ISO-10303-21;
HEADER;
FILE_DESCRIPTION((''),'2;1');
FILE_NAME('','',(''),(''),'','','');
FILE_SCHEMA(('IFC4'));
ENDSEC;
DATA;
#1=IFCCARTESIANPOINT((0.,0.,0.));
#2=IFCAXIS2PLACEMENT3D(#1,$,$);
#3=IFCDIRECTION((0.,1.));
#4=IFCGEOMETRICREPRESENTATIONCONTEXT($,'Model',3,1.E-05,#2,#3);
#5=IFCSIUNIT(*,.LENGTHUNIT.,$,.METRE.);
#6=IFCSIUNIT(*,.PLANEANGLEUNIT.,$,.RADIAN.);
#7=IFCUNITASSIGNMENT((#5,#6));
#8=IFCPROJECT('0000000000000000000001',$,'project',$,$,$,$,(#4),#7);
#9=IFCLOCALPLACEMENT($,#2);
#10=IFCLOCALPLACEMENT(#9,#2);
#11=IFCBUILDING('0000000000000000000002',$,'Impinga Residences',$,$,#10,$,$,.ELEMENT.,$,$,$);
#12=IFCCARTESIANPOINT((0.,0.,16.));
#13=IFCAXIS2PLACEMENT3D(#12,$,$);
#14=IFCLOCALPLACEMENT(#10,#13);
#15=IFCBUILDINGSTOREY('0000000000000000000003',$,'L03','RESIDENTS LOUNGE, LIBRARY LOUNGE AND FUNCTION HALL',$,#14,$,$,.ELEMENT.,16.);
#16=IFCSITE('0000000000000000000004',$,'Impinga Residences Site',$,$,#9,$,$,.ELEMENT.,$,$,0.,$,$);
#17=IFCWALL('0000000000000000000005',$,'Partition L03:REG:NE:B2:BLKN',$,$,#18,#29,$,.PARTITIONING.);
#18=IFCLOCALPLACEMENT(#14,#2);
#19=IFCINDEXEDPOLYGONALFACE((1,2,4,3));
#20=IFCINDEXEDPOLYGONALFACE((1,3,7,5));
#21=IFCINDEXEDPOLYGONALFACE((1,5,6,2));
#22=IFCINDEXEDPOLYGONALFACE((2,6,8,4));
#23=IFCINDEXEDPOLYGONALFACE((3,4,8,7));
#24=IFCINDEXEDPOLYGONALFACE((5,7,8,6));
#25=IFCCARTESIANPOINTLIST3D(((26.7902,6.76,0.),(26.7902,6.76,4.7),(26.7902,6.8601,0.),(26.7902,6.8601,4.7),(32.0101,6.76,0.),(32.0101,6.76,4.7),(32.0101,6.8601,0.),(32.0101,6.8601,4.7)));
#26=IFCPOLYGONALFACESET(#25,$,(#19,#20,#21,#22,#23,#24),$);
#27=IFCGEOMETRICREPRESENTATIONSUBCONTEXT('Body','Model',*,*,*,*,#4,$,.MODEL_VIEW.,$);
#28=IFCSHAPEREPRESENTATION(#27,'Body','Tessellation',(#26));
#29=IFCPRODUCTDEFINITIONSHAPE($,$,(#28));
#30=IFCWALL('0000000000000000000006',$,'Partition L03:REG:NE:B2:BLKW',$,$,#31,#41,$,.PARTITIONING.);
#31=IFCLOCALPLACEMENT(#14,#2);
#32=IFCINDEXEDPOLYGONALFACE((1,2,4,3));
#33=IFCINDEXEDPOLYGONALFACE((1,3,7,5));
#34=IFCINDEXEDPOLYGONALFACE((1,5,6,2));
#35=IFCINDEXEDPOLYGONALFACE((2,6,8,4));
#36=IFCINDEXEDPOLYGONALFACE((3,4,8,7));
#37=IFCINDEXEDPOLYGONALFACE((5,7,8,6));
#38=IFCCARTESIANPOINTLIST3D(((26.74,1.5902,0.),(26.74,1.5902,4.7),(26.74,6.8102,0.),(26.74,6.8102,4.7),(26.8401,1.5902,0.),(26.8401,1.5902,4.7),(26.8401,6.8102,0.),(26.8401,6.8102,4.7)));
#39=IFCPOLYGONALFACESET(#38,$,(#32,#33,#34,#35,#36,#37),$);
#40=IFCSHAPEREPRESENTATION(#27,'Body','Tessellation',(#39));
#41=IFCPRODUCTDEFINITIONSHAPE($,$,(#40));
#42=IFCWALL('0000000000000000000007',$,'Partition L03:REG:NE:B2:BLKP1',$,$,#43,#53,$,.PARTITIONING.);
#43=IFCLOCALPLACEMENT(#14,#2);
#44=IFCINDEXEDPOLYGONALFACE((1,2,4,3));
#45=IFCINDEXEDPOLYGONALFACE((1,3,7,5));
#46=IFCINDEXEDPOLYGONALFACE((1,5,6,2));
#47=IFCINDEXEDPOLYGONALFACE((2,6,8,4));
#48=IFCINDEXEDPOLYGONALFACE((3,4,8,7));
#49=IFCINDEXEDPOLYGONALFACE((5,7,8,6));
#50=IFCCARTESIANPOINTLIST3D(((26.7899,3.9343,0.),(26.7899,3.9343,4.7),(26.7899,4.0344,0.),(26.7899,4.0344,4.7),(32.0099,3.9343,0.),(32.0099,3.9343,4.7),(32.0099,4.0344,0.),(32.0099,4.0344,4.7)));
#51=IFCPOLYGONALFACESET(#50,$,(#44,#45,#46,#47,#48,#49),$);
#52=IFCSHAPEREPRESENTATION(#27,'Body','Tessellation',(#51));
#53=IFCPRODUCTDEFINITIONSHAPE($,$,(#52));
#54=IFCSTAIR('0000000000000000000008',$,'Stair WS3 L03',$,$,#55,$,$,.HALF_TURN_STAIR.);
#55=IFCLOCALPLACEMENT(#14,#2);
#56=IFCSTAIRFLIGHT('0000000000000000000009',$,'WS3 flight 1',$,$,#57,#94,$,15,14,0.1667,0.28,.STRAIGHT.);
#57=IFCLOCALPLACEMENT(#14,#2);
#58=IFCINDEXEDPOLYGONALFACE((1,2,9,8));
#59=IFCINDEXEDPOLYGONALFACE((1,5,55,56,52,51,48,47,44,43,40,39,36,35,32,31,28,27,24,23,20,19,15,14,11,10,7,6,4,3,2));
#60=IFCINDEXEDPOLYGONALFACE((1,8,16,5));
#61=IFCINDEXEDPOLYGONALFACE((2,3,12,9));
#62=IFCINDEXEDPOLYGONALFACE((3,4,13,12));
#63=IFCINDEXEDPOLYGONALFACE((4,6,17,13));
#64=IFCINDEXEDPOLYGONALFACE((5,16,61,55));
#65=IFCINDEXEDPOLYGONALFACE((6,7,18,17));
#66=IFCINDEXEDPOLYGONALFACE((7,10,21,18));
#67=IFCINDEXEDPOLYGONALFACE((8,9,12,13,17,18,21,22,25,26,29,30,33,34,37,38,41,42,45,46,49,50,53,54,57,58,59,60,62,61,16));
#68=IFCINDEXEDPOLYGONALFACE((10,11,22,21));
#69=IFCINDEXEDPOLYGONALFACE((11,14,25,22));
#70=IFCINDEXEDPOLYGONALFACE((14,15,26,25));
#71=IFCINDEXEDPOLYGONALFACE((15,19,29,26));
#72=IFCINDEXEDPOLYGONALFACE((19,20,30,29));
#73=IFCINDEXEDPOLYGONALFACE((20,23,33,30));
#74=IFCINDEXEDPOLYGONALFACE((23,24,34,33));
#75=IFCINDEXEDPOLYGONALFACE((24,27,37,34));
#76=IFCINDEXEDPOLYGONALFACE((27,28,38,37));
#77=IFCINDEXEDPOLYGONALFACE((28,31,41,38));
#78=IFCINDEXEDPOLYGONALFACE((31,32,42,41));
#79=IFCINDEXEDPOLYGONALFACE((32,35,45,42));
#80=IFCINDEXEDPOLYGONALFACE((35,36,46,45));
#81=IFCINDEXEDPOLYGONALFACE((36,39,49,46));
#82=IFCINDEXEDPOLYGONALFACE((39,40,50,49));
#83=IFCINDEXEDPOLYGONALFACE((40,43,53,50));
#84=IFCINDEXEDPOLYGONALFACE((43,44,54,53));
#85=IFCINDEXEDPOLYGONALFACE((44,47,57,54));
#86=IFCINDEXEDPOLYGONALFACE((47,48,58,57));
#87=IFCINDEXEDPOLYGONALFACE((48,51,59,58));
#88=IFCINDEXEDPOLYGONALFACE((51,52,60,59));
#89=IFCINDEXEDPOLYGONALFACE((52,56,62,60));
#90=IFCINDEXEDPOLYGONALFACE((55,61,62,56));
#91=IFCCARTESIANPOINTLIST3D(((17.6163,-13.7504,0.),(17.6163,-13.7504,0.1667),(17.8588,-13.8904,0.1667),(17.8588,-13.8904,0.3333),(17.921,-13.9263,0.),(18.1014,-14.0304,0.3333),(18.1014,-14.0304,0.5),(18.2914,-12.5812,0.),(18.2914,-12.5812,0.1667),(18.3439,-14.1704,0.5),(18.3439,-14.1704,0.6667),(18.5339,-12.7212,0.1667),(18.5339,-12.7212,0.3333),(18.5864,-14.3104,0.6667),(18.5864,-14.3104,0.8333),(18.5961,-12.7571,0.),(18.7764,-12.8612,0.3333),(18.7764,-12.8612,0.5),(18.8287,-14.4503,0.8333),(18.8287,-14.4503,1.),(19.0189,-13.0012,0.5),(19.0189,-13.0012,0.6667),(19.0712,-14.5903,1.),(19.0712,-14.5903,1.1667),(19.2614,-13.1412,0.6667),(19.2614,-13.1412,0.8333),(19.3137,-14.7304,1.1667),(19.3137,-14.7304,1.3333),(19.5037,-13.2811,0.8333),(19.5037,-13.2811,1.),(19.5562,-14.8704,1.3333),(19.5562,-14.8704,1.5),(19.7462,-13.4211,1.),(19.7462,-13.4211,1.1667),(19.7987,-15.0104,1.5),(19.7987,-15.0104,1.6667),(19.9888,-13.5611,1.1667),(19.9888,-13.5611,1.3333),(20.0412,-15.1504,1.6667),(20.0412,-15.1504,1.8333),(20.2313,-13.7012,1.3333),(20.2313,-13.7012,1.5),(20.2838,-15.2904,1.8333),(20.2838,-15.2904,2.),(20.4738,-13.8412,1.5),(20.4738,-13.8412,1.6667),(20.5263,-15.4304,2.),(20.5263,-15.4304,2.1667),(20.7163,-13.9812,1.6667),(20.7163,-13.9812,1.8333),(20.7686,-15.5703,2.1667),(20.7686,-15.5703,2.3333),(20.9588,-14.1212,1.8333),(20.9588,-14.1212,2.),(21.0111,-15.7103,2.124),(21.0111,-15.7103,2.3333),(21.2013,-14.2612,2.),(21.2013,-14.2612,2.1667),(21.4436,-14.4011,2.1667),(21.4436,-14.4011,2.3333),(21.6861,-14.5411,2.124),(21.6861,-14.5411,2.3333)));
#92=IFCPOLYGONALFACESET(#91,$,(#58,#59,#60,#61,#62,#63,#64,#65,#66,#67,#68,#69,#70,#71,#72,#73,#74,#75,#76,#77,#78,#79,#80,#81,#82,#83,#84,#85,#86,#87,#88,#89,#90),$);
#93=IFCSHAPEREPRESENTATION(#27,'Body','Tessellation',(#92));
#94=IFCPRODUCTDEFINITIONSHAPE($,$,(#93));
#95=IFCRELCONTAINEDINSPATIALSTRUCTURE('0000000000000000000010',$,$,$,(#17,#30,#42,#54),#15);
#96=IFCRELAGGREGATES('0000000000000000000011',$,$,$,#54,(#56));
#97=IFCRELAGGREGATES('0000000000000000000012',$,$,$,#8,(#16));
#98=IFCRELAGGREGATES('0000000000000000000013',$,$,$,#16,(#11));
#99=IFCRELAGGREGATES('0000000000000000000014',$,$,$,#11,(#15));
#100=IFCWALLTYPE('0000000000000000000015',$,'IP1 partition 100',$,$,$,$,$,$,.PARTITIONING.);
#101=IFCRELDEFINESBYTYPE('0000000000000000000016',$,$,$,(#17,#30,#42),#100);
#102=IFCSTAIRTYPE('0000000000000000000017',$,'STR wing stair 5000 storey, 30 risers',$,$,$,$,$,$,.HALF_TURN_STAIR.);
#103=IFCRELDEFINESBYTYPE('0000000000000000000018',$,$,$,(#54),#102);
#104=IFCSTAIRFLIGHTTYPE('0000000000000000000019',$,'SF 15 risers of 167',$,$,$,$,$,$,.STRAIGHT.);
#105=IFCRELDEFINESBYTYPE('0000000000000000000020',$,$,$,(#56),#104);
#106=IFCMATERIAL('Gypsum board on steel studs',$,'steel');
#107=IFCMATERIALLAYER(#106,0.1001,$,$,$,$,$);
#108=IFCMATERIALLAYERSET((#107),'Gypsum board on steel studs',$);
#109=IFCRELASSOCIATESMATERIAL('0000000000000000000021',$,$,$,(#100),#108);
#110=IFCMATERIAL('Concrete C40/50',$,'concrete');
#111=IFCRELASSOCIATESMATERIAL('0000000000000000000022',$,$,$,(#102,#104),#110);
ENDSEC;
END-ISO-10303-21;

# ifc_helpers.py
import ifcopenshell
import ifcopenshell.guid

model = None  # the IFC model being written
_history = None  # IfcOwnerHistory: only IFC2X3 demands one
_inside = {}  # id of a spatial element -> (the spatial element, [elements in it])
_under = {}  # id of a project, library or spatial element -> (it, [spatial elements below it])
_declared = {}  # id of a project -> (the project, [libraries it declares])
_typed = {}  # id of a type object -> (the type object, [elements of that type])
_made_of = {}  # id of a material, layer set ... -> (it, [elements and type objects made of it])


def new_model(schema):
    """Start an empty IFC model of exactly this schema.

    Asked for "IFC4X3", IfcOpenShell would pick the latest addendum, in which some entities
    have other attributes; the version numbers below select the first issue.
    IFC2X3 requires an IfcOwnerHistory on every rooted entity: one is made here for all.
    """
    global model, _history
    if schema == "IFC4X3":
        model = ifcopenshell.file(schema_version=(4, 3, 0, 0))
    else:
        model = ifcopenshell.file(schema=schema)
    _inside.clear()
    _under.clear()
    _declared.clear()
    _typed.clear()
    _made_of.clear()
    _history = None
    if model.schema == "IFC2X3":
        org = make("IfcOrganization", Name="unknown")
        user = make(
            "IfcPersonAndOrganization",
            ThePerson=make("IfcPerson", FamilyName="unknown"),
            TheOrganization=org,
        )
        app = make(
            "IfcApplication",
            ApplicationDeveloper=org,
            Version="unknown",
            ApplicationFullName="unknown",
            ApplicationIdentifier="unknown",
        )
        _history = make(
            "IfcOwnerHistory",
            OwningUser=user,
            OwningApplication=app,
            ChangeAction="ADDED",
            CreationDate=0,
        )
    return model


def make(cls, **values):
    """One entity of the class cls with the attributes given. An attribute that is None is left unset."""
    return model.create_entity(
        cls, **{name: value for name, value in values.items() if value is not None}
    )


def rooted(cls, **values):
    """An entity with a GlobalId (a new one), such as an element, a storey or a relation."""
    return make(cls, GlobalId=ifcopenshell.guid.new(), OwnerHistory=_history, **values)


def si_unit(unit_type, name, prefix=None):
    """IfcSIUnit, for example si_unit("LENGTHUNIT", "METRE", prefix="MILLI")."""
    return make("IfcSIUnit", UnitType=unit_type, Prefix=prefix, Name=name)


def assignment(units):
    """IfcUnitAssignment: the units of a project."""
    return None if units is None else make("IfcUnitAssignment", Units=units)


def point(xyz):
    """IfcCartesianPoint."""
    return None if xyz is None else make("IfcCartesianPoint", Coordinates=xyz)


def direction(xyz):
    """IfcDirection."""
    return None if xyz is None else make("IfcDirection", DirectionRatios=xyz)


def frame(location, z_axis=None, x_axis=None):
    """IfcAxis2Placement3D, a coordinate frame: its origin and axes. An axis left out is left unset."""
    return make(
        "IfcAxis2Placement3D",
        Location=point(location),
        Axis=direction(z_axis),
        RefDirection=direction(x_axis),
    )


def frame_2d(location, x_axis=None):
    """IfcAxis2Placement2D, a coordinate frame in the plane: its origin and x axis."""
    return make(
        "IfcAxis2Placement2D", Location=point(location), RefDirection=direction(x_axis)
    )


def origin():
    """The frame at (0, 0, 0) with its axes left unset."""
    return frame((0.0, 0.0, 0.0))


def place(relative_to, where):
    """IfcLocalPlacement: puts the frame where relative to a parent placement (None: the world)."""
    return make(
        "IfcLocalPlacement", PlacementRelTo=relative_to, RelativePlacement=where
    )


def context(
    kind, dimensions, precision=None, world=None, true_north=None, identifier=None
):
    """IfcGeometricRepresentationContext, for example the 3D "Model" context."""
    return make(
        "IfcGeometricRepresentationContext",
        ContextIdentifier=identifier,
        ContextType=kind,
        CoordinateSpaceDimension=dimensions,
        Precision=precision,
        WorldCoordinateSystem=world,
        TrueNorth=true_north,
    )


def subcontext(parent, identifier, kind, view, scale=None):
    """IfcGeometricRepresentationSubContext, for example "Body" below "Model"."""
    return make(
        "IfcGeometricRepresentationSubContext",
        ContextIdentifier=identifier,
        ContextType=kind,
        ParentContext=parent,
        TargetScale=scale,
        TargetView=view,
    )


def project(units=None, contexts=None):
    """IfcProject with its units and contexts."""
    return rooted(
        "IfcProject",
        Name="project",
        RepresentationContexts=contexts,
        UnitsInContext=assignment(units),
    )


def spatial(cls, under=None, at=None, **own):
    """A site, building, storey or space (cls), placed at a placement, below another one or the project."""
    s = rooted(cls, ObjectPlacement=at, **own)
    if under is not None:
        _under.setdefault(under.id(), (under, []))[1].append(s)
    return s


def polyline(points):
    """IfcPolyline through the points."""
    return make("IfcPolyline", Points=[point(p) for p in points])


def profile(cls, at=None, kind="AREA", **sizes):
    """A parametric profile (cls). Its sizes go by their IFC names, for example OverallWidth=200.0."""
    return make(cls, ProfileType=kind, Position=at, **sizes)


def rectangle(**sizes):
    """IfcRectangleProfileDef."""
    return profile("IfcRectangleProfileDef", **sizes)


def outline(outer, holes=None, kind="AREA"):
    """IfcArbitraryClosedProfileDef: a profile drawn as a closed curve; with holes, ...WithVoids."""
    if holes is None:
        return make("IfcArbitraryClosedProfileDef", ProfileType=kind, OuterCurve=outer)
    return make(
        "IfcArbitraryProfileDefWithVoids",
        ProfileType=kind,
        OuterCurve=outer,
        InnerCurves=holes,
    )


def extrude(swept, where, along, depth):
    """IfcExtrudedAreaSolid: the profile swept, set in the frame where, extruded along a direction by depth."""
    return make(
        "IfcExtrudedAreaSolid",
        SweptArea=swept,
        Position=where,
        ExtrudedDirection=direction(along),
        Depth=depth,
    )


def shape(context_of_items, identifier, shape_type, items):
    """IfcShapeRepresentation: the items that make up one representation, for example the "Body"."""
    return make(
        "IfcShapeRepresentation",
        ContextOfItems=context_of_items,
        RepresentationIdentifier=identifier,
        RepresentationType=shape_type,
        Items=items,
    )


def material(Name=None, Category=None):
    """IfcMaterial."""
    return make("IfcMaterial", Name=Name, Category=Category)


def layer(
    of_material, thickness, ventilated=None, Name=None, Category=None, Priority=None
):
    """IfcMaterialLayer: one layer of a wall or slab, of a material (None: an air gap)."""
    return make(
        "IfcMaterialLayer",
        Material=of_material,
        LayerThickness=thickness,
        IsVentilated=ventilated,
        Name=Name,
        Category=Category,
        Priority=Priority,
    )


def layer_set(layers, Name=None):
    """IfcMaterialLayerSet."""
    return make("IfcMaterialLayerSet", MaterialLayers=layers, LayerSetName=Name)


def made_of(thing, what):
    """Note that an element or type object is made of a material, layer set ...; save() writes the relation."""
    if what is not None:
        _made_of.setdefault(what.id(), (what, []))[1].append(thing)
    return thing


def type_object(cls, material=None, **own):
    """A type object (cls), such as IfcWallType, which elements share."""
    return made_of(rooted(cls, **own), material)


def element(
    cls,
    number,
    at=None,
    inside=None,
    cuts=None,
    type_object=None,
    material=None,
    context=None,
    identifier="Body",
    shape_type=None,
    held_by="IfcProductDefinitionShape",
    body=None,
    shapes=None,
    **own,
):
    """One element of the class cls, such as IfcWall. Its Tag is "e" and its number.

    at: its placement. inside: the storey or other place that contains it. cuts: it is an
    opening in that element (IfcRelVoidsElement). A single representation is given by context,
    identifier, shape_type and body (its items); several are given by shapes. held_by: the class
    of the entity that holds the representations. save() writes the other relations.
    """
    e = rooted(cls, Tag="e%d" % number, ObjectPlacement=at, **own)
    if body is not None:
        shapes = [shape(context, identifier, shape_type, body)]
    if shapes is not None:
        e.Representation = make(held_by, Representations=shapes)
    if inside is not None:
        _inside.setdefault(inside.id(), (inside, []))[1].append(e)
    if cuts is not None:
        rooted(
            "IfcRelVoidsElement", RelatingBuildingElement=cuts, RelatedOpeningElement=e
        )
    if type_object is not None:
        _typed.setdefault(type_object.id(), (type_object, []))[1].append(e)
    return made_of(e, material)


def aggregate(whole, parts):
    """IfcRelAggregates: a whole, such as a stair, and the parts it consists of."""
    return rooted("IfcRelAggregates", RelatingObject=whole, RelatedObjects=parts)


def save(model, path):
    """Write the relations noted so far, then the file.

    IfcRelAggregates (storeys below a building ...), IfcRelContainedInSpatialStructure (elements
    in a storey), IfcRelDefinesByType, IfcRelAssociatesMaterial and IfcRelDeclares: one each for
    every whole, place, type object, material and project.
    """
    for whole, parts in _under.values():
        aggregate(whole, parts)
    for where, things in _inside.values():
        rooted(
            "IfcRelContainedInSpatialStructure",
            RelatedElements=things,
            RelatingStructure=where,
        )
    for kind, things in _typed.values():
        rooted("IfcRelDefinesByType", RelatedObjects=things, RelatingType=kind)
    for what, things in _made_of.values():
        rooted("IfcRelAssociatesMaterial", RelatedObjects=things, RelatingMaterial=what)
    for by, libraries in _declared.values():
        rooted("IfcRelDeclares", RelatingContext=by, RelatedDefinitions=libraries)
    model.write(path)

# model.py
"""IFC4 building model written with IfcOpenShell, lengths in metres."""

from ifc_helpers import new_model, si_unit, direction, frame, frame_2d, origin, place, context, subcontext, project, spatial, polyline, rectangle, outline, extrude, material, layer, layer_set, type_object, element, aggregate, save


model = new_model("IFC4")

# Units and contexts
model_context = context("Model", 3, precision=1e-05, world=origin(), true_north=direction((0.0, 1.0)))
body_context = subcontext(model_context, "Body", "Model", "MODEL_VIEW")
ifc_project = project(units=[si_unit("LENGTHUNIT", "METRE"), si_unit("PLANEANGLEUNIT", "RADIAN")], contexts=[model_context])

# Site, building, storey
site_placement = place(None, origin())
site = spatial("IfcSite", under=ifc_project, at=site_placement, Name="Impinga Residences Site", CompositionType="ELEMENT", RefElevation=0.0)
building_placement = place(site_placement, origin())
building = spatial("IfcBuilding", under=site, at=building_placement, Name="Impinga Residences", CompositionType="ELEMENT")
storey_placement = place(building_placement, frame((0.0, 0.0, 16.0)))
storey = spatial("IfcBuildingStorey", under=building, at=storey_placement, Name="L03", Description="RESIDENTS LOUNGE, LIBRARY LOUNGE AND FUNCTION HALL", CompositionType="ELEMENT", Elevation=16.0)

# Shared definitions
ifc_material_1 = material(Name="Gypsum board on steel studs", Category="steel")
ifc_layer = layer(ifc_material_1, 0.1001)
ifc_layer_set = layer_set([ifc_layer], Name="Gypsum board on steel studs")
wall_type = type_object("IfcWallType", Name="IP1 partition 100", PredefinedType="PARTITIONING", material=ifc_layer_set)

# Walls
for number, where, z_axis, x_axis, name in (
    (1, (32.01, 6.8101, 0.0), (0.0, 0.0, 1.0), (-1.0, 0.0, 0.0), "Partition L03:REG:NE:B2:BLKN"),
    (2, (26.79, 6.8101, 0.0), (0.0, 0.0, 1.0), (0.0, -1.0, 0.0), "Partition L03:REG:NE:B2:BLKW"),
    (3, (26.79, 3.9844, 0.0), (0.0, 0.0, 1.0), (1.0, 0.0, 0.0), "Partition L03:REG:NE:B2:BLKP1"),
):
    element("IfcWall", number, at=place(storey_placement, frame(where, z_axis=z_axis, x_axis=x_axis)), inside=storey, type_object=wall_type, Name=name, PredefinedType="PARTITIONING", context=body_context, shape_type="SweptSolid", body=[
        extrude(rectangle(XDim=5.22, YDim=0.1001, at=frame_2d((2.6099, 0.0))), origin(), (0.0, 0.0, 1.0), 4.7),
    ])

# Stair, stair flight
ifc_material_2 = material(Name="Concrete C40/50", Category="concrete")
stair_type = type_object("IfcStairType", Name="STR wing stair 5000 storey, 30 risers", PredefinedType="HALF_TURN_STAIR", material=ifc_material_2)
stair_placement = place(storey_placement, origin())
stair = element("IfcStair", 4, at=stair_placement, inside=storey, type_object=stair_type, Name="Stair WS3 L03", PredefinedType="HALF_TURN_STAIR")
stair_flight_type = type_object("IfcStairFlightType", Name="SF 15 risers of 167", PredefinedType="STRAIGHT", material=ifc_material_2)
stair_flight_placement = place(storey_placement, frame((17.9539, -13.1658, 0.0), z_axis=(0.0, 0.0, 1.0), x_axis=(0.866025, -0.5, 0.0)))
stair_flight = element("IfcStairFlight", 5, at=stair_flight_placement, type_object=stair_flight_type, Name="WS3 flight 1", NumberOfRisers=15, NumberOfTreads=14, PredefinedType="STRAIGHT", RiserHeight=0.1667, TreadLength=0.28, context=body_context, shape_type="SweptSolid", body=[
    extrude(outline(polyline([(0.0, 0.0), (0.0, 0.1667), (0.28, 0.1667), (0.28, 0.3333), (0.5601, 0.3333), (0.5601, 0.5), (0.8401, 0.5), (0.8401, 0.6667), (1.1201, 0.6667), (1.1201, 0.8333), (1.3999, 0.8333), (1.3999, 1.0), (1.6799, 1.0), (1.6799, 1.1667), (1.96, 1.1667), (1.96, 1.3333), (2.24, 1.3333), (2.24, 1.5), (2.52, 1.5), (2.52, 1.6667), (2.8, 1.6667), (2.8, 1.8333), (3.0801, 1.8333), (3.0801, 2.0), (3.3601, 2.0), (3.3601, 2.1667), (3.6399, 2.1667), (3.6399, 2.3333), (3.9199, 2.3333), (3.9199, 2.5), (3.9199, 2.124), (0.3518, 0.0), (0.0, 0.0)])), frame((0.0, 0.675, 0.0), z_axis=(0.0, -1.0, 0.0), x_axis=(1.0, 0.0, 0.0)), (0.0, 0.0, 1.0), 1.3501),
])
aggregate(stair, [stair_flight])

save(model, "model.ifc")
